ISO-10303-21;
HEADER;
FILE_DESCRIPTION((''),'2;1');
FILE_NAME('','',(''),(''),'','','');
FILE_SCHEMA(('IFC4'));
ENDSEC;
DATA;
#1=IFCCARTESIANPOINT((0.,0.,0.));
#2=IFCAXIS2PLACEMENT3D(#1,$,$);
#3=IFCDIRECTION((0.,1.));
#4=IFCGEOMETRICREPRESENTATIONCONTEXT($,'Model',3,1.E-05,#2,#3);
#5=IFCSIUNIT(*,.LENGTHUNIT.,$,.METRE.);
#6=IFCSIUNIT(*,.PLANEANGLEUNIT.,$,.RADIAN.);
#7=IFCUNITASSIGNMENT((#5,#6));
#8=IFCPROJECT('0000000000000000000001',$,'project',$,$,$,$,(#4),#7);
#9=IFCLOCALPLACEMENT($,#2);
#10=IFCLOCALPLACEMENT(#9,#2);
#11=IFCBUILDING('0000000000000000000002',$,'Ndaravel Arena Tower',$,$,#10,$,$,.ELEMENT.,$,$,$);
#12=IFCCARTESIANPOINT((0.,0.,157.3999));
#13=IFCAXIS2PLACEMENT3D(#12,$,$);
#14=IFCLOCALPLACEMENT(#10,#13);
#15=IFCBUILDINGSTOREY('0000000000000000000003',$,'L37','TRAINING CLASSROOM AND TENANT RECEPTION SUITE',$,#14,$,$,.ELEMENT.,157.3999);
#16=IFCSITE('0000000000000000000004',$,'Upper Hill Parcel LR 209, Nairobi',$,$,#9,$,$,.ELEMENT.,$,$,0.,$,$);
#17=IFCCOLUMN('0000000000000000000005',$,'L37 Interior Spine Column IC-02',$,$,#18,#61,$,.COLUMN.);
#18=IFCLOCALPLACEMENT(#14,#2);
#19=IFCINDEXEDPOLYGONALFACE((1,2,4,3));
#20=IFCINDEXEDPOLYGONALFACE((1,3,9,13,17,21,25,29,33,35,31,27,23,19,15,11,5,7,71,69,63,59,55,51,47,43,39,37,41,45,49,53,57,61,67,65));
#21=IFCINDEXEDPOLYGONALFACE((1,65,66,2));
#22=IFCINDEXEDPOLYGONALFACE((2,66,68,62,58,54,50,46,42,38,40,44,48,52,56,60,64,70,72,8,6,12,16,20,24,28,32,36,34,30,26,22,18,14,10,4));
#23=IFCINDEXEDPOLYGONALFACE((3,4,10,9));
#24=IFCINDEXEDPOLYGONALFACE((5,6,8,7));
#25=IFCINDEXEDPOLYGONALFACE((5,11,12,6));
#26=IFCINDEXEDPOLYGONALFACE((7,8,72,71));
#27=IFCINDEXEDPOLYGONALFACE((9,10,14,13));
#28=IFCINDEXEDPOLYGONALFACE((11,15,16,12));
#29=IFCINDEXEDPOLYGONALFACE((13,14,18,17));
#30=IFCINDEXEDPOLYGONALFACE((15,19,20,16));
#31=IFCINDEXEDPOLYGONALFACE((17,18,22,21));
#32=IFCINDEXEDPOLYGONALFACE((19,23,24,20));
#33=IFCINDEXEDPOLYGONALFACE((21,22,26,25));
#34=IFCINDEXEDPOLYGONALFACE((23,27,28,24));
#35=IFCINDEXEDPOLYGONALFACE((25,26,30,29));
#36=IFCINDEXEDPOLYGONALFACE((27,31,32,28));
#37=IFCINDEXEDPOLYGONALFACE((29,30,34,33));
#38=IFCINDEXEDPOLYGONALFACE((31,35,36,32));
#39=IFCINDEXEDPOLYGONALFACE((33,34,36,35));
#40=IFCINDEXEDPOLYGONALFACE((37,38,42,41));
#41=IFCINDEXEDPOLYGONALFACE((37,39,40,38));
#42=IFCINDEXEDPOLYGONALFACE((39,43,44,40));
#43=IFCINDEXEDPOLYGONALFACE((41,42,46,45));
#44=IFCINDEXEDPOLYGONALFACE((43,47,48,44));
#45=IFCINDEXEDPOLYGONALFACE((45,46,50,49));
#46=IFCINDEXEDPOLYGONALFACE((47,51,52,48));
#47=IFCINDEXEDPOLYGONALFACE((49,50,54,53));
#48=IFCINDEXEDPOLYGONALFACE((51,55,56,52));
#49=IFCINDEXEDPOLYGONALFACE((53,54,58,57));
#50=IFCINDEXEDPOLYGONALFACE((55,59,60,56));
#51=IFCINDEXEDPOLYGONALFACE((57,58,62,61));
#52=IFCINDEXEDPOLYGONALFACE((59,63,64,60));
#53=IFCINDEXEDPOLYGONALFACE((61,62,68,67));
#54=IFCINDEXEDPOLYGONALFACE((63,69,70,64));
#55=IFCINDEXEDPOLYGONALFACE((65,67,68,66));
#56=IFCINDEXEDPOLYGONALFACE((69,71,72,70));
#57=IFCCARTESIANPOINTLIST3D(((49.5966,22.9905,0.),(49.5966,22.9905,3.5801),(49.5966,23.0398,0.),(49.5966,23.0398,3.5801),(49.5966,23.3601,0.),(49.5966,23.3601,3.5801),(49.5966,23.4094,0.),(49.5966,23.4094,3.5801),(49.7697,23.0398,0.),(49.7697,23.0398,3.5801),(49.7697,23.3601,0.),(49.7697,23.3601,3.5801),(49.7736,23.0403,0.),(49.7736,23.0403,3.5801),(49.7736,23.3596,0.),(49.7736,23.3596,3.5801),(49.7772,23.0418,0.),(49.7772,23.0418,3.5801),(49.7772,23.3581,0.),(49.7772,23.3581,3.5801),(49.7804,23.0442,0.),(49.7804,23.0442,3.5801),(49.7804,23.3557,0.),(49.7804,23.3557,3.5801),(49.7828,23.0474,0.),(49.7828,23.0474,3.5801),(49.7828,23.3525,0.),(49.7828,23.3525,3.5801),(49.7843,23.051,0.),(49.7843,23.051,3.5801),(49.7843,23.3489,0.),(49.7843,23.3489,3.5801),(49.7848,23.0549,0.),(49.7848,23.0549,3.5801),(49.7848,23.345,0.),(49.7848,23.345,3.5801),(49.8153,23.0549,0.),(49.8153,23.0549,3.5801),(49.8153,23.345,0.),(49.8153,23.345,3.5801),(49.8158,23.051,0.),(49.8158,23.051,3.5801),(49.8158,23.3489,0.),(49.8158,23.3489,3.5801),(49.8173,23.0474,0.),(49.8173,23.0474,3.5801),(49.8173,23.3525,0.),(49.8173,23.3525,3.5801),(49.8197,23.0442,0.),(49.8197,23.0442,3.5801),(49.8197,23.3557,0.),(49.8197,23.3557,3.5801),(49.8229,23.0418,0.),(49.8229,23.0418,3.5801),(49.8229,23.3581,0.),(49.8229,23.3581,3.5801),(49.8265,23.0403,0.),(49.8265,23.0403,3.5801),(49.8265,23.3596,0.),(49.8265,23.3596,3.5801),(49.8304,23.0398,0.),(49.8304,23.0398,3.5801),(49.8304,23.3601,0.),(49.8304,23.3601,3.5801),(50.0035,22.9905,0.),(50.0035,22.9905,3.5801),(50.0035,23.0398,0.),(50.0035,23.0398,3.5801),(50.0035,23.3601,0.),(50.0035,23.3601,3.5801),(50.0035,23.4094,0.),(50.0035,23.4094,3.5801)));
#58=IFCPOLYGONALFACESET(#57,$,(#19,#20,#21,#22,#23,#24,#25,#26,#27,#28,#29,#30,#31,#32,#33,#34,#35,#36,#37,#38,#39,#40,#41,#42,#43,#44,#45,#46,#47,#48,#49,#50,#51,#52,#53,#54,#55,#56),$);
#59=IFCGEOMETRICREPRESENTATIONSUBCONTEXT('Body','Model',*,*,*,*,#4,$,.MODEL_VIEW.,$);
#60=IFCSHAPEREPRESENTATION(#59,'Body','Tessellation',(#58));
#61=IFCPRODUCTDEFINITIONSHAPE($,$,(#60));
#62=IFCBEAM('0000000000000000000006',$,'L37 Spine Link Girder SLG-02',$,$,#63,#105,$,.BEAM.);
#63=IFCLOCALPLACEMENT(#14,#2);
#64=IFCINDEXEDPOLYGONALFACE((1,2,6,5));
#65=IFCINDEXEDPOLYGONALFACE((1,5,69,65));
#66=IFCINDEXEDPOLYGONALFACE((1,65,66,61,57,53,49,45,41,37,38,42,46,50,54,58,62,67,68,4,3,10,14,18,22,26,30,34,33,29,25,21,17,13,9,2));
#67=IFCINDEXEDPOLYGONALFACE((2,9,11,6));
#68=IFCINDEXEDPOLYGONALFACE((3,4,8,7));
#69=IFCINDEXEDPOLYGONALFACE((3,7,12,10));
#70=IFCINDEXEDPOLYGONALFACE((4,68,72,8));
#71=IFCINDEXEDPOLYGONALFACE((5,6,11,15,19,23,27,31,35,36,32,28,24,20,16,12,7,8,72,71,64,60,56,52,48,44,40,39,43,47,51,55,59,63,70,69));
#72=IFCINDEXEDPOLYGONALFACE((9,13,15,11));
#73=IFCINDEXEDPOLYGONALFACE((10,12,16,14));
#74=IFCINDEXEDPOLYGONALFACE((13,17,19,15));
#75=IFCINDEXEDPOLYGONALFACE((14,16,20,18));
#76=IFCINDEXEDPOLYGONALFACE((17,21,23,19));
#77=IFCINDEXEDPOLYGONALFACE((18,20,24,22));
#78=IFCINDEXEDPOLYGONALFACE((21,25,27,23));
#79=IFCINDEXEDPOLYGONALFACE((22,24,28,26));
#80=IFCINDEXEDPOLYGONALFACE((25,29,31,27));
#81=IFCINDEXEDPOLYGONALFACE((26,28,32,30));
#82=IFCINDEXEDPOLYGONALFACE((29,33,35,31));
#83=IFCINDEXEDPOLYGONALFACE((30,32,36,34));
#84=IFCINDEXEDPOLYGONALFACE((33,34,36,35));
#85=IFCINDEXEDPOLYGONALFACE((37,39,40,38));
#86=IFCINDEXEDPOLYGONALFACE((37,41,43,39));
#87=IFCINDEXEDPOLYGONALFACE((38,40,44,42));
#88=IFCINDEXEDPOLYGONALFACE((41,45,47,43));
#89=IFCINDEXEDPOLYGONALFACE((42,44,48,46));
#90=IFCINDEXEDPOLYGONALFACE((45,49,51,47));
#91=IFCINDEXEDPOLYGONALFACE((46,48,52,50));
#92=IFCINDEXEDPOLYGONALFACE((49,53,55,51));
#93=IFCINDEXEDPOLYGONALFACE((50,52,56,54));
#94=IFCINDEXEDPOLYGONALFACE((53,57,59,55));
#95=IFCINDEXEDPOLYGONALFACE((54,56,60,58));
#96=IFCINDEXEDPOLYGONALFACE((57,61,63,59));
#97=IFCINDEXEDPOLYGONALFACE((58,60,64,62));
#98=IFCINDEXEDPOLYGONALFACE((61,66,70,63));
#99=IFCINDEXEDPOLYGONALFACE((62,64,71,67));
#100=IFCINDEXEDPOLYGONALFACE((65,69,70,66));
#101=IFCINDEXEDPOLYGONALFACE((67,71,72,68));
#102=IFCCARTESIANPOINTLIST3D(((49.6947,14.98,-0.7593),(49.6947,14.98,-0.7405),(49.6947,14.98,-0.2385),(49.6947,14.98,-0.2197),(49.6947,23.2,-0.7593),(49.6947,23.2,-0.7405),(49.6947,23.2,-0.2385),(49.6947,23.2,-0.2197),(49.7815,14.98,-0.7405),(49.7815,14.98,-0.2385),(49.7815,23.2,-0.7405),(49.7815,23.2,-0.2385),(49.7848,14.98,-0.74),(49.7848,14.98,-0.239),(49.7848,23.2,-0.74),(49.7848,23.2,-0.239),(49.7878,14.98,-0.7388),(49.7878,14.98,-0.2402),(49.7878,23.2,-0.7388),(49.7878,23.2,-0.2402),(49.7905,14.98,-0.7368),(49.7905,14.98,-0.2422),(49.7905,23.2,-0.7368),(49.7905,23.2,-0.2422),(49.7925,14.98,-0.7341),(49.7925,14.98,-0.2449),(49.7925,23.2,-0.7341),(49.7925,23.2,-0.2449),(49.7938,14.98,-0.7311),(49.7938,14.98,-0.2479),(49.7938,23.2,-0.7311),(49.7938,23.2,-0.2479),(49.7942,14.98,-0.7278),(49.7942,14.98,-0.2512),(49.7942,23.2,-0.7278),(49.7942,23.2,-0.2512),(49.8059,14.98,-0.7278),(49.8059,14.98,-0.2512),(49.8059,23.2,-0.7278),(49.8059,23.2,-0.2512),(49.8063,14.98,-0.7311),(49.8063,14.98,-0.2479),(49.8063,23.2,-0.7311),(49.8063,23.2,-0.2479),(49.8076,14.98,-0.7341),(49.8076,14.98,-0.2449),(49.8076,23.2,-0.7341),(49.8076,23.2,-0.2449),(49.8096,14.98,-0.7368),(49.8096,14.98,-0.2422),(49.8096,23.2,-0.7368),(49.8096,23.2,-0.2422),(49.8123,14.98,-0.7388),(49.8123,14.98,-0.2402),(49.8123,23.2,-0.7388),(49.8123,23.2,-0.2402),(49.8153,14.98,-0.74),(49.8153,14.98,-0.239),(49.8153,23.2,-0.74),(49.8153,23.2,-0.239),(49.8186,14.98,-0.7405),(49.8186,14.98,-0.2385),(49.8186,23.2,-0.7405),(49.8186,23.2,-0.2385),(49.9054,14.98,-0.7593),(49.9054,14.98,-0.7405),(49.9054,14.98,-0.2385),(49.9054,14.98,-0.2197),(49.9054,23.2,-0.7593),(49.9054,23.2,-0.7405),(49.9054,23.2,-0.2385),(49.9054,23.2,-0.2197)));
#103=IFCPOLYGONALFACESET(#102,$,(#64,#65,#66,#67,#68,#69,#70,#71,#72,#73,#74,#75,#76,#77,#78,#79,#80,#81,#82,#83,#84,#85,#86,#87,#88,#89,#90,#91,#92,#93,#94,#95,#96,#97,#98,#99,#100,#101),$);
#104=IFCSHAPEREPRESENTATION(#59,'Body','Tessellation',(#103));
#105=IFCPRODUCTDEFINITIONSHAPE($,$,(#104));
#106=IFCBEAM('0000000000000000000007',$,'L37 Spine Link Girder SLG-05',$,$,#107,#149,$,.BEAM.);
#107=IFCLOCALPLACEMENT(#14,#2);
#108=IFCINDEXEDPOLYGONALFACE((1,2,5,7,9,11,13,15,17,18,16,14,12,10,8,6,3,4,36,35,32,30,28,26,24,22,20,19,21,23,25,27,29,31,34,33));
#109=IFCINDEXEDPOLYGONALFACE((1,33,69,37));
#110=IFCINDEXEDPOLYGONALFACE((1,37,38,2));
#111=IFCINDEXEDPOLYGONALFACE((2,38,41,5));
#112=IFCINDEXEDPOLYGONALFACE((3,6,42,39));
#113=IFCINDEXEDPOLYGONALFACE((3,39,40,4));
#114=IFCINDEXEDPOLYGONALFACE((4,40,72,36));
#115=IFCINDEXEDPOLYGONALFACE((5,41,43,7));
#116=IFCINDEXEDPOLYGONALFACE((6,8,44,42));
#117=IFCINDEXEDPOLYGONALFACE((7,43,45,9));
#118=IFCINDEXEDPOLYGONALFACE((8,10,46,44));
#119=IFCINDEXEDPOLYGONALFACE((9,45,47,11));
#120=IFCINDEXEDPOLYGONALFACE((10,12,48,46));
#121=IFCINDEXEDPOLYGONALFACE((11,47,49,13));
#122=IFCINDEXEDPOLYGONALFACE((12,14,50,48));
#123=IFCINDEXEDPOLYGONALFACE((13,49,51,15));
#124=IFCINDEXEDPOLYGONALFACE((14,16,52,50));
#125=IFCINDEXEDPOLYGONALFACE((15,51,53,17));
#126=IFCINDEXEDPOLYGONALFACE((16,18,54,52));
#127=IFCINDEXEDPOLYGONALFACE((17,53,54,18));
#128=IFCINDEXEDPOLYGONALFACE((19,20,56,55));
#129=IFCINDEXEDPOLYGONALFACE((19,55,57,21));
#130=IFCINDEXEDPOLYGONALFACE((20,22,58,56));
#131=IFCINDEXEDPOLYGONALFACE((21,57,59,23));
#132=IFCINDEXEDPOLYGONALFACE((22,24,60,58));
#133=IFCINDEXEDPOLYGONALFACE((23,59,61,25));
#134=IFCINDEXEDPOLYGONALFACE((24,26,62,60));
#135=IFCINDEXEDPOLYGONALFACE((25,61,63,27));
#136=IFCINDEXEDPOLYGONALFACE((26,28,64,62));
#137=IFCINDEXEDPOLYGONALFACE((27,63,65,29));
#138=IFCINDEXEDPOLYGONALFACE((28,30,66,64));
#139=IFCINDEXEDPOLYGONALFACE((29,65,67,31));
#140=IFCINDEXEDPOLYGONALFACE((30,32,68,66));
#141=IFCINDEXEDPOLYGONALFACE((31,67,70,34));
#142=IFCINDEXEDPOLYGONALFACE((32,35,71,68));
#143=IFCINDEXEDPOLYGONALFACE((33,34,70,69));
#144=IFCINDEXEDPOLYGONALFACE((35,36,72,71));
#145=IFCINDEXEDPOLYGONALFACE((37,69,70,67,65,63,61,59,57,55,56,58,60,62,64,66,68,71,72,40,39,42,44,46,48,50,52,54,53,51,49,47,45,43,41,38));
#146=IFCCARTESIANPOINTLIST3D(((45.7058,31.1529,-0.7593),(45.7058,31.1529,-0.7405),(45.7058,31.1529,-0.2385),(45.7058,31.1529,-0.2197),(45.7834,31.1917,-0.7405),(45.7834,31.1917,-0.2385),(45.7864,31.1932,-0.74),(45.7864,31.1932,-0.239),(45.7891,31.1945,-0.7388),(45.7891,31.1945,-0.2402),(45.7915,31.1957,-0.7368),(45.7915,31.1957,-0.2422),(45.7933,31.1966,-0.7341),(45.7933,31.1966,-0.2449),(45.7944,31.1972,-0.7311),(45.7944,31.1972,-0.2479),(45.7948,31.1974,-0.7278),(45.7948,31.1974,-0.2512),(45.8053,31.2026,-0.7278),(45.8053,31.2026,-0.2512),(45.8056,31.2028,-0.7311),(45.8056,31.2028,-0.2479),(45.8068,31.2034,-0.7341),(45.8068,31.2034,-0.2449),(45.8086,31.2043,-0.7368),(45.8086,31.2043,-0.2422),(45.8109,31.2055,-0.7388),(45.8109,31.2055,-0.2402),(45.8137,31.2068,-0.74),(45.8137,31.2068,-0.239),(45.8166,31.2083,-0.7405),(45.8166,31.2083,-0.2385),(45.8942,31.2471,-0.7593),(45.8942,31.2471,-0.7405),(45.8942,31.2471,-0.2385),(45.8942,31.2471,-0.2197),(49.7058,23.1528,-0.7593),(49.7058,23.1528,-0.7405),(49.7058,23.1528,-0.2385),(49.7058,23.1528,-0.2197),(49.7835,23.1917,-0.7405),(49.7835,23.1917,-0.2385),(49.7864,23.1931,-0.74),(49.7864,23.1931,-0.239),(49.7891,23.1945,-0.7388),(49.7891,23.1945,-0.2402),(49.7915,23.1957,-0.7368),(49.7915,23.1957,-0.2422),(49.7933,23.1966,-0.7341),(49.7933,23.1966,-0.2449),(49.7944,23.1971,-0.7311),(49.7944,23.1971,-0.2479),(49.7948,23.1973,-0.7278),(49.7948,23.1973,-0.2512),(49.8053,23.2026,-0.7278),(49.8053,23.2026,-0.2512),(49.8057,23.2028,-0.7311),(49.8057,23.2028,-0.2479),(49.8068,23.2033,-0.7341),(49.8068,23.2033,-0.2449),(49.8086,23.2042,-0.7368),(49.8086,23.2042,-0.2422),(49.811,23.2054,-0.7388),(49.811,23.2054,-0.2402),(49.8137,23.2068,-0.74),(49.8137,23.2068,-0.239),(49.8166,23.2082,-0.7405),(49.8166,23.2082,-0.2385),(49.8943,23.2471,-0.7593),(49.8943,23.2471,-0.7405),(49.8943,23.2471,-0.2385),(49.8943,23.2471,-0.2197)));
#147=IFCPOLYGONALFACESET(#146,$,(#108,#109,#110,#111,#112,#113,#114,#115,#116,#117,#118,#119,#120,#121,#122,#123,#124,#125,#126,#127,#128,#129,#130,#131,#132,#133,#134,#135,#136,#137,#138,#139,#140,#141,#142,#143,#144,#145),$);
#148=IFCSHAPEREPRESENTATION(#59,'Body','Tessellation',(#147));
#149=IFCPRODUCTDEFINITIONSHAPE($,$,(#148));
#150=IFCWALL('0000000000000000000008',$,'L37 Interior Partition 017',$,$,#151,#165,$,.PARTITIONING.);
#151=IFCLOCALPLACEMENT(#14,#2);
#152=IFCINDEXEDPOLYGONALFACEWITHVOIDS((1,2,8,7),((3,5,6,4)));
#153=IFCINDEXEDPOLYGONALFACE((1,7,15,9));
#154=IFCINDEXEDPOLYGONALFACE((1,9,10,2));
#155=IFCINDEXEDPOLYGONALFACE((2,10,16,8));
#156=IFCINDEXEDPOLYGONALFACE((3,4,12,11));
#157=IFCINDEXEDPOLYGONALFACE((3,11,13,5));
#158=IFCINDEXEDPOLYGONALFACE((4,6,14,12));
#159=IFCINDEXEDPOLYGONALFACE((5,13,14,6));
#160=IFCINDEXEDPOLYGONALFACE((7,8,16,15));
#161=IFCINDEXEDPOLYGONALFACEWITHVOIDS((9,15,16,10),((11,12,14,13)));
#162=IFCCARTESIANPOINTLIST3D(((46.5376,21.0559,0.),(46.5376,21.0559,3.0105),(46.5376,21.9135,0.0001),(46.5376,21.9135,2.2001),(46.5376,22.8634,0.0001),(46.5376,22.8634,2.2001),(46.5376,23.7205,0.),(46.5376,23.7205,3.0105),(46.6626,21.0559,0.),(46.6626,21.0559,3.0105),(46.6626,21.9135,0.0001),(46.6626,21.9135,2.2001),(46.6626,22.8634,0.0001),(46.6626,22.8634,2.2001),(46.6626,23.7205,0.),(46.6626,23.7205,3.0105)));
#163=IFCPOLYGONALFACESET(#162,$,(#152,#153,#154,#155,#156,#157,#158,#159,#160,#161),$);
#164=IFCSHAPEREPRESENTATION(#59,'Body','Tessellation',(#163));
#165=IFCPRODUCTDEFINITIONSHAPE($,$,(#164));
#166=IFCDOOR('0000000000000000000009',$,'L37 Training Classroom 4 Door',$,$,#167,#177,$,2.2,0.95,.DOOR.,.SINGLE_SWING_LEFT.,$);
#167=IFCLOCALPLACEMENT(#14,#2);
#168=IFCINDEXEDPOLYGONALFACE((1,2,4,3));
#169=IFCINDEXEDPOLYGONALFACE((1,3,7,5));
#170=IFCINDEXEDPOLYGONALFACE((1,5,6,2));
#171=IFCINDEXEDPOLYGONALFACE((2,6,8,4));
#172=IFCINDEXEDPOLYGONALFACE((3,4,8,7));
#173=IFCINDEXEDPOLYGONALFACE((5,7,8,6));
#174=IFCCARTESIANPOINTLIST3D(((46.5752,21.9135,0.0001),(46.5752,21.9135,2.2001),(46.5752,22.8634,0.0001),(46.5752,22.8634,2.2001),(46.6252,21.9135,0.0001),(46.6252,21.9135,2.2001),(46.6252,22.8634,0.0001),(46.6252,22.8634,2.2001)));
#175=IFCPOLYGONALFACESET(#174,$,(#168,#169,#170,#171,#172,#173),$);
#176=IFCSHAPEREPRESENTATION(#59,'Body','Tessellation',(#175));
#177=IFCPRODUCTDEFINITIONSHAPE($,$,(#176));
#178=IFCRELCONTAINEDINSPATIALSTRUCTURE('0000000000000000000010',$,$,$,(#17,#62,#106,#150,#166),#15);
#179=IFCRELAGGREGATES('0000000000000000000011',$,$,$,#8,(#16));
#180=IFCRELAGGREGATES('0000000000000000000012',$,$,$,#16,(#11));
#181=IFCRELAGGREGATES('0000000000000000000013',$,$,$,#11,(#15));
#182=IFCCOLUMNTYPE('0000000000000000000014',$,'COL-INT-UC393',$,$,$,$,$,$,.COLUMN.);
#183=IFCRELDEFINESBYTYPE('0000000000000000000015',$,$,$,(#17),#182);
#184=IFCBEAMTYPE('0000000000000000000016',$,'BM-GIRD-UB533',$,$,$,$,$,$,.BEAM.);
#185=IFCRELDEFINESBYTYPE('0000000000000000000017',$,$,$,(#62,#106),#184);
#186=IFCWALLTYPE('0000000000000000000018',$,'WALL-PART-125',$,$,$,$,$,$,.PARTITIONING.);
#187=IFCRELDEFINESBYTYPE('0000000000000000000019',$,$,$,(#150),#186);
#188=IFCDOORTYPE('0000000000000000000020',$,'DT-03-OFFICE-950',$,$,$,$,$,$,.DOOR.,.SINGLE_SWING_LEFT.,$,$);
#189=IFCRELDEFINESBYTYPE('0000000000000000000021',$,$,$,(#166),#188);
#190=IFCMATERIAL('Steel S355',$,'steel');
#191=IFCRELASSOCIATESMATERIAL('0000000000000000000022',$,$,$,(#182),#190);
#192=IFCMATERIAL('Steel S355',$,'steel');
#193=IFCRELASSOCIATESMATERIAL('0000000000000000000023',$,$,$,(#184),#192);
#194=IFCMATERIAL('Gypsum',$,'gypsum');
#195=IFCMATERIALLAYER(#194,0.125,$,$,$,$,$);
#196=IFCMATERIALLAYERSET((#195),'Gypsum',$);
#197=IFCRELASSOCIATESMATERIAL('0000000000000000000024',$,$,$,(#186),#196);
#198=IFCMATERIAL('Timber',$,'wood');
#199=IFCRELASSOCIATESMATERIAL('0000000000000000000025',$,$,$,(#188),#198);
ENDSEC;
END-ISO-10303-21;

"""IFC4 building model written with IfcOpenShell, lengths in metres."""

from ifc_helpers import new_model, si_unit, direction, frame, frame_2d, origin, origin_2d, place, context, subcontext, project, spatial, rectangle, i_section, extrude, material, layer, layer_set, material_profile, profile_set, type_object, element, fill, save


model = new_model("IFC4")

# Units and contexts
model_context = context("Model", 3, precision=1e-05, world=origin(), true_north=direction((0.0, 1.0)))
body_context = subcontext(model_context, "Body", "Model", "MODEL_VIEW")
ifc_project = project(units=[si_unit("LENGTHUNIT", "METRE"), si_unit("PLANEANGLEUNIT", "RADIAN")], contexts=[model_context])

# Site, building, storey
site_placement = place(None, origin())
site = spatial("IfcSite", under=ifc_project, at=site_placement, Name="Upper Hill Parcel LR 209, Nairobi", CompositionType="ELEMENT", RefElevation=0.0)
building_placement = place(site_placement, origin())
building = spatial("IfcBuilding", under=site, at=building_placement, Name="Ndaravel Arena Tower", CompositionType="ELEMENT")
storey_placement = place(building_placement, frame((0.0, 0.0, 157.3999)))
storey = spatial("IfcBuildingStorey", under=building, at=storey_placement, Name="L37", Description="TRAINING CLASSROOM AND TENANT RECEPTION SUITE", CompositionType="ELEMENT", Elevation=157.3999)

# Column
ifc_material_1 = material(Name="Steel S355", Category="steel")
ifc_material_profile_1 = material_profile(ifc_material_1, i_section(OverallWidth=0.407, OverallDepth=0.4189, WebThickness=0.0305, FlangeThickness=0.0493, FilletRadius=0.0151, at=origin_2d()), Name="UC 356x406x393")
ifc_profile_set_1 = profile_set([ifc_material_profile_1], Name="Steel S355")
column_type = type_object("IfcColumnType", Name="COL-INT-UC393", PredefinedType="COLUMN", material=ifc_profile_set_1)
column_placement = place(storey_placement, frame((49.8, 23.2, 0.0), z_axis=(0.0, 0.0, 1.0), x_axis=(1.0, 0.0, 0.0)))
element("IfcColumn", 1, at=column_placement, inside=storey, type_object=column_type, Name="L37 Interior Spine Column IC-02", PredefinedType="COLUMN", context=body_context, shape_type="SweptSolid", body=[
    extrude(i_section(OverallWidth=0.407, OverallDepth=0.4189, WebThickness=0.0305, FlangeThickness=0.0493, FilletRadius=0.0151, at=origin_2d()), origin(), (0.0, 0.0, 1.0), 3.5801),
])

# Beams
ifc_material_2 = material(Name="Steel S355", Category="steel")
ifc_material_profile_2 = material_profile(ifc_material_2, i_section(OverallWidth=0.2107, OverallDepth=0.5396, WebThickness=0.0117, FlangeThickness=0.0188, FilletRadius=0.0127, at=origin_2d()), Name="UB 533x210x109")
ifc_profile_set_2 = profile_set([ifc_material_profile_2], Name="Steel S355")
beam_type = type_object("IfcBeamType", Name="BM-GIRD-UB533", PredefinedType="BEAM", material=ifc_profile_set_2)
beam_1_placement = place(storey_placement, frame((49.8, 14.98, -0.4895), z_axis=(0.0, 1.0, 0.0), x_axis=(-1.0, 0.0, 0.0)))
element("IfcBeam", 2, at=beam_1_placement, inside=storey, type_object=beam_type, Name="L37 Spine Link Girder SLG-02", PredefinedType="BEAM", context=body_context, shape_type="SweptSolid", body=[
    extrude(i_section(OverallWidth=0.2107, OverallDepth=0.5396, WebThickness=0.0117, FlangeThickness=0.0188, FilletRadius=0.0127, at=origin_2d()), origin(), (0.0, 0.0, 1.0), 8.22),
])
beam_2_placement = place(storey_placement, frame((49.8, 23.2, -0.4895), z_axis=(-0.447214, 0.894427, 0.0), x_axis=(-0.894427, -0.447214, 0.0)))
element("IfcBeam", 3, at=beam_2_placement, inside=storey, type_object=beam_type, Name="L37 Spine Link Girder SLG-05", PredefinedType="BEAM", context=body_context, shape_type="SweptSolid", body=[
    extrude(i_section(OverallWidth=0.2107, OverallDepth=0.5396, WebThickness=0.0117, FlangeThickness=0.0188, FilletRadius=0.0127, at=origin_2d()), origin(), (0.0, 0.0, 1.0), 8.9443),
])

# Wall, opening, door
ifc_material_3 = material(Name="Gypsum", Category="gypsum")
ifc_layer_1 = layer(ifc_material_3, 0.125)
ifc_layer_set_1 = layer_set([ifc_layer_1], Name="Gypsum")
wall_type_1 = type_object("IfcWallType", Name="WALL-PART-125", PredefinedType="PARTITIONING", material=ifc_layer_set_1)
wall_1_placement = place(storey_placement, frame((46.6001, 21.0559, 0.0), z_axis=(0.0, 0.0, 1.0), x_axis=(0.0, 1.0, 0.0)))
wall_1 = element("IfcWall", 4, at=wall_1_placement, inside=storey, type_object=wall_type_1, Name="L37 Interior Partition 017", PredefinedType="PARTITIONING", context=body_context, shape_type="SweptSolid", body=[
    extrude(rectangle(XDim=2.6646, YDim=0.125, at=frame_2d((1.3323, 0.0))), origin(), (0.0, 0.0, 1.0), 3.0105),
])
opening_1_placement = place(wall_1_placement, frame((0.8574, 0.0, 0.0)))
opening_1 = element("IfcOpeningElement", 5, at=opening_1_placement, cuts=wall_1, PredefinedType="OPENING", context=body_context, shape_type="SweptSolid", body=[
    extrude(rectangle(XDim=0.95, YDim=2.2, at=frame_2d((0.4751, 1.1001))), frame((0.0, 0.0625, 0.0), z_axis=(0.0, -1.0, 0.0), x_axis=(1.0, 0.0, 0.0)), (0.0, 0.0, 1.0), 0.125),
])
ifc_material_4 = material(Name="Timber", Category="wood")
door_type_1 = type_object("IfcDoorType", Name="DT-03-OFFICE-950", OperationType="SINGLE_SWING_LEFT", PredefinedType="DOOR", material=ifc_material_4)
door_1_placement = place(opening_1_placement, origin())
door_1 = element("IfcDoor", 6, at=door_1_placement, inside=storey, type_object=door_type_1, Name="L37 Training Classroom 4 Door", OperationType="SINGLE_SWING_LEFT", OverallHeight=2.2, OverallWidth=0.95, PredefinedType="DOOR", context=body_context, shape_type="SweptSolid", body=[
    extrude(rectangle(XDim=0.95, YDim=2.2, at=frame_2d((0.4751, 1.1001))), frame((0.0, 0.0249, 0.0), z_axis=(0.0, -1.0, 0.0), x_axis=(1.0, 0.0, 0.0)), (0.0, 0.0, 1.0), 0.05),
])
fill(opening_1, door_1)

save(model, "model.ifc")
